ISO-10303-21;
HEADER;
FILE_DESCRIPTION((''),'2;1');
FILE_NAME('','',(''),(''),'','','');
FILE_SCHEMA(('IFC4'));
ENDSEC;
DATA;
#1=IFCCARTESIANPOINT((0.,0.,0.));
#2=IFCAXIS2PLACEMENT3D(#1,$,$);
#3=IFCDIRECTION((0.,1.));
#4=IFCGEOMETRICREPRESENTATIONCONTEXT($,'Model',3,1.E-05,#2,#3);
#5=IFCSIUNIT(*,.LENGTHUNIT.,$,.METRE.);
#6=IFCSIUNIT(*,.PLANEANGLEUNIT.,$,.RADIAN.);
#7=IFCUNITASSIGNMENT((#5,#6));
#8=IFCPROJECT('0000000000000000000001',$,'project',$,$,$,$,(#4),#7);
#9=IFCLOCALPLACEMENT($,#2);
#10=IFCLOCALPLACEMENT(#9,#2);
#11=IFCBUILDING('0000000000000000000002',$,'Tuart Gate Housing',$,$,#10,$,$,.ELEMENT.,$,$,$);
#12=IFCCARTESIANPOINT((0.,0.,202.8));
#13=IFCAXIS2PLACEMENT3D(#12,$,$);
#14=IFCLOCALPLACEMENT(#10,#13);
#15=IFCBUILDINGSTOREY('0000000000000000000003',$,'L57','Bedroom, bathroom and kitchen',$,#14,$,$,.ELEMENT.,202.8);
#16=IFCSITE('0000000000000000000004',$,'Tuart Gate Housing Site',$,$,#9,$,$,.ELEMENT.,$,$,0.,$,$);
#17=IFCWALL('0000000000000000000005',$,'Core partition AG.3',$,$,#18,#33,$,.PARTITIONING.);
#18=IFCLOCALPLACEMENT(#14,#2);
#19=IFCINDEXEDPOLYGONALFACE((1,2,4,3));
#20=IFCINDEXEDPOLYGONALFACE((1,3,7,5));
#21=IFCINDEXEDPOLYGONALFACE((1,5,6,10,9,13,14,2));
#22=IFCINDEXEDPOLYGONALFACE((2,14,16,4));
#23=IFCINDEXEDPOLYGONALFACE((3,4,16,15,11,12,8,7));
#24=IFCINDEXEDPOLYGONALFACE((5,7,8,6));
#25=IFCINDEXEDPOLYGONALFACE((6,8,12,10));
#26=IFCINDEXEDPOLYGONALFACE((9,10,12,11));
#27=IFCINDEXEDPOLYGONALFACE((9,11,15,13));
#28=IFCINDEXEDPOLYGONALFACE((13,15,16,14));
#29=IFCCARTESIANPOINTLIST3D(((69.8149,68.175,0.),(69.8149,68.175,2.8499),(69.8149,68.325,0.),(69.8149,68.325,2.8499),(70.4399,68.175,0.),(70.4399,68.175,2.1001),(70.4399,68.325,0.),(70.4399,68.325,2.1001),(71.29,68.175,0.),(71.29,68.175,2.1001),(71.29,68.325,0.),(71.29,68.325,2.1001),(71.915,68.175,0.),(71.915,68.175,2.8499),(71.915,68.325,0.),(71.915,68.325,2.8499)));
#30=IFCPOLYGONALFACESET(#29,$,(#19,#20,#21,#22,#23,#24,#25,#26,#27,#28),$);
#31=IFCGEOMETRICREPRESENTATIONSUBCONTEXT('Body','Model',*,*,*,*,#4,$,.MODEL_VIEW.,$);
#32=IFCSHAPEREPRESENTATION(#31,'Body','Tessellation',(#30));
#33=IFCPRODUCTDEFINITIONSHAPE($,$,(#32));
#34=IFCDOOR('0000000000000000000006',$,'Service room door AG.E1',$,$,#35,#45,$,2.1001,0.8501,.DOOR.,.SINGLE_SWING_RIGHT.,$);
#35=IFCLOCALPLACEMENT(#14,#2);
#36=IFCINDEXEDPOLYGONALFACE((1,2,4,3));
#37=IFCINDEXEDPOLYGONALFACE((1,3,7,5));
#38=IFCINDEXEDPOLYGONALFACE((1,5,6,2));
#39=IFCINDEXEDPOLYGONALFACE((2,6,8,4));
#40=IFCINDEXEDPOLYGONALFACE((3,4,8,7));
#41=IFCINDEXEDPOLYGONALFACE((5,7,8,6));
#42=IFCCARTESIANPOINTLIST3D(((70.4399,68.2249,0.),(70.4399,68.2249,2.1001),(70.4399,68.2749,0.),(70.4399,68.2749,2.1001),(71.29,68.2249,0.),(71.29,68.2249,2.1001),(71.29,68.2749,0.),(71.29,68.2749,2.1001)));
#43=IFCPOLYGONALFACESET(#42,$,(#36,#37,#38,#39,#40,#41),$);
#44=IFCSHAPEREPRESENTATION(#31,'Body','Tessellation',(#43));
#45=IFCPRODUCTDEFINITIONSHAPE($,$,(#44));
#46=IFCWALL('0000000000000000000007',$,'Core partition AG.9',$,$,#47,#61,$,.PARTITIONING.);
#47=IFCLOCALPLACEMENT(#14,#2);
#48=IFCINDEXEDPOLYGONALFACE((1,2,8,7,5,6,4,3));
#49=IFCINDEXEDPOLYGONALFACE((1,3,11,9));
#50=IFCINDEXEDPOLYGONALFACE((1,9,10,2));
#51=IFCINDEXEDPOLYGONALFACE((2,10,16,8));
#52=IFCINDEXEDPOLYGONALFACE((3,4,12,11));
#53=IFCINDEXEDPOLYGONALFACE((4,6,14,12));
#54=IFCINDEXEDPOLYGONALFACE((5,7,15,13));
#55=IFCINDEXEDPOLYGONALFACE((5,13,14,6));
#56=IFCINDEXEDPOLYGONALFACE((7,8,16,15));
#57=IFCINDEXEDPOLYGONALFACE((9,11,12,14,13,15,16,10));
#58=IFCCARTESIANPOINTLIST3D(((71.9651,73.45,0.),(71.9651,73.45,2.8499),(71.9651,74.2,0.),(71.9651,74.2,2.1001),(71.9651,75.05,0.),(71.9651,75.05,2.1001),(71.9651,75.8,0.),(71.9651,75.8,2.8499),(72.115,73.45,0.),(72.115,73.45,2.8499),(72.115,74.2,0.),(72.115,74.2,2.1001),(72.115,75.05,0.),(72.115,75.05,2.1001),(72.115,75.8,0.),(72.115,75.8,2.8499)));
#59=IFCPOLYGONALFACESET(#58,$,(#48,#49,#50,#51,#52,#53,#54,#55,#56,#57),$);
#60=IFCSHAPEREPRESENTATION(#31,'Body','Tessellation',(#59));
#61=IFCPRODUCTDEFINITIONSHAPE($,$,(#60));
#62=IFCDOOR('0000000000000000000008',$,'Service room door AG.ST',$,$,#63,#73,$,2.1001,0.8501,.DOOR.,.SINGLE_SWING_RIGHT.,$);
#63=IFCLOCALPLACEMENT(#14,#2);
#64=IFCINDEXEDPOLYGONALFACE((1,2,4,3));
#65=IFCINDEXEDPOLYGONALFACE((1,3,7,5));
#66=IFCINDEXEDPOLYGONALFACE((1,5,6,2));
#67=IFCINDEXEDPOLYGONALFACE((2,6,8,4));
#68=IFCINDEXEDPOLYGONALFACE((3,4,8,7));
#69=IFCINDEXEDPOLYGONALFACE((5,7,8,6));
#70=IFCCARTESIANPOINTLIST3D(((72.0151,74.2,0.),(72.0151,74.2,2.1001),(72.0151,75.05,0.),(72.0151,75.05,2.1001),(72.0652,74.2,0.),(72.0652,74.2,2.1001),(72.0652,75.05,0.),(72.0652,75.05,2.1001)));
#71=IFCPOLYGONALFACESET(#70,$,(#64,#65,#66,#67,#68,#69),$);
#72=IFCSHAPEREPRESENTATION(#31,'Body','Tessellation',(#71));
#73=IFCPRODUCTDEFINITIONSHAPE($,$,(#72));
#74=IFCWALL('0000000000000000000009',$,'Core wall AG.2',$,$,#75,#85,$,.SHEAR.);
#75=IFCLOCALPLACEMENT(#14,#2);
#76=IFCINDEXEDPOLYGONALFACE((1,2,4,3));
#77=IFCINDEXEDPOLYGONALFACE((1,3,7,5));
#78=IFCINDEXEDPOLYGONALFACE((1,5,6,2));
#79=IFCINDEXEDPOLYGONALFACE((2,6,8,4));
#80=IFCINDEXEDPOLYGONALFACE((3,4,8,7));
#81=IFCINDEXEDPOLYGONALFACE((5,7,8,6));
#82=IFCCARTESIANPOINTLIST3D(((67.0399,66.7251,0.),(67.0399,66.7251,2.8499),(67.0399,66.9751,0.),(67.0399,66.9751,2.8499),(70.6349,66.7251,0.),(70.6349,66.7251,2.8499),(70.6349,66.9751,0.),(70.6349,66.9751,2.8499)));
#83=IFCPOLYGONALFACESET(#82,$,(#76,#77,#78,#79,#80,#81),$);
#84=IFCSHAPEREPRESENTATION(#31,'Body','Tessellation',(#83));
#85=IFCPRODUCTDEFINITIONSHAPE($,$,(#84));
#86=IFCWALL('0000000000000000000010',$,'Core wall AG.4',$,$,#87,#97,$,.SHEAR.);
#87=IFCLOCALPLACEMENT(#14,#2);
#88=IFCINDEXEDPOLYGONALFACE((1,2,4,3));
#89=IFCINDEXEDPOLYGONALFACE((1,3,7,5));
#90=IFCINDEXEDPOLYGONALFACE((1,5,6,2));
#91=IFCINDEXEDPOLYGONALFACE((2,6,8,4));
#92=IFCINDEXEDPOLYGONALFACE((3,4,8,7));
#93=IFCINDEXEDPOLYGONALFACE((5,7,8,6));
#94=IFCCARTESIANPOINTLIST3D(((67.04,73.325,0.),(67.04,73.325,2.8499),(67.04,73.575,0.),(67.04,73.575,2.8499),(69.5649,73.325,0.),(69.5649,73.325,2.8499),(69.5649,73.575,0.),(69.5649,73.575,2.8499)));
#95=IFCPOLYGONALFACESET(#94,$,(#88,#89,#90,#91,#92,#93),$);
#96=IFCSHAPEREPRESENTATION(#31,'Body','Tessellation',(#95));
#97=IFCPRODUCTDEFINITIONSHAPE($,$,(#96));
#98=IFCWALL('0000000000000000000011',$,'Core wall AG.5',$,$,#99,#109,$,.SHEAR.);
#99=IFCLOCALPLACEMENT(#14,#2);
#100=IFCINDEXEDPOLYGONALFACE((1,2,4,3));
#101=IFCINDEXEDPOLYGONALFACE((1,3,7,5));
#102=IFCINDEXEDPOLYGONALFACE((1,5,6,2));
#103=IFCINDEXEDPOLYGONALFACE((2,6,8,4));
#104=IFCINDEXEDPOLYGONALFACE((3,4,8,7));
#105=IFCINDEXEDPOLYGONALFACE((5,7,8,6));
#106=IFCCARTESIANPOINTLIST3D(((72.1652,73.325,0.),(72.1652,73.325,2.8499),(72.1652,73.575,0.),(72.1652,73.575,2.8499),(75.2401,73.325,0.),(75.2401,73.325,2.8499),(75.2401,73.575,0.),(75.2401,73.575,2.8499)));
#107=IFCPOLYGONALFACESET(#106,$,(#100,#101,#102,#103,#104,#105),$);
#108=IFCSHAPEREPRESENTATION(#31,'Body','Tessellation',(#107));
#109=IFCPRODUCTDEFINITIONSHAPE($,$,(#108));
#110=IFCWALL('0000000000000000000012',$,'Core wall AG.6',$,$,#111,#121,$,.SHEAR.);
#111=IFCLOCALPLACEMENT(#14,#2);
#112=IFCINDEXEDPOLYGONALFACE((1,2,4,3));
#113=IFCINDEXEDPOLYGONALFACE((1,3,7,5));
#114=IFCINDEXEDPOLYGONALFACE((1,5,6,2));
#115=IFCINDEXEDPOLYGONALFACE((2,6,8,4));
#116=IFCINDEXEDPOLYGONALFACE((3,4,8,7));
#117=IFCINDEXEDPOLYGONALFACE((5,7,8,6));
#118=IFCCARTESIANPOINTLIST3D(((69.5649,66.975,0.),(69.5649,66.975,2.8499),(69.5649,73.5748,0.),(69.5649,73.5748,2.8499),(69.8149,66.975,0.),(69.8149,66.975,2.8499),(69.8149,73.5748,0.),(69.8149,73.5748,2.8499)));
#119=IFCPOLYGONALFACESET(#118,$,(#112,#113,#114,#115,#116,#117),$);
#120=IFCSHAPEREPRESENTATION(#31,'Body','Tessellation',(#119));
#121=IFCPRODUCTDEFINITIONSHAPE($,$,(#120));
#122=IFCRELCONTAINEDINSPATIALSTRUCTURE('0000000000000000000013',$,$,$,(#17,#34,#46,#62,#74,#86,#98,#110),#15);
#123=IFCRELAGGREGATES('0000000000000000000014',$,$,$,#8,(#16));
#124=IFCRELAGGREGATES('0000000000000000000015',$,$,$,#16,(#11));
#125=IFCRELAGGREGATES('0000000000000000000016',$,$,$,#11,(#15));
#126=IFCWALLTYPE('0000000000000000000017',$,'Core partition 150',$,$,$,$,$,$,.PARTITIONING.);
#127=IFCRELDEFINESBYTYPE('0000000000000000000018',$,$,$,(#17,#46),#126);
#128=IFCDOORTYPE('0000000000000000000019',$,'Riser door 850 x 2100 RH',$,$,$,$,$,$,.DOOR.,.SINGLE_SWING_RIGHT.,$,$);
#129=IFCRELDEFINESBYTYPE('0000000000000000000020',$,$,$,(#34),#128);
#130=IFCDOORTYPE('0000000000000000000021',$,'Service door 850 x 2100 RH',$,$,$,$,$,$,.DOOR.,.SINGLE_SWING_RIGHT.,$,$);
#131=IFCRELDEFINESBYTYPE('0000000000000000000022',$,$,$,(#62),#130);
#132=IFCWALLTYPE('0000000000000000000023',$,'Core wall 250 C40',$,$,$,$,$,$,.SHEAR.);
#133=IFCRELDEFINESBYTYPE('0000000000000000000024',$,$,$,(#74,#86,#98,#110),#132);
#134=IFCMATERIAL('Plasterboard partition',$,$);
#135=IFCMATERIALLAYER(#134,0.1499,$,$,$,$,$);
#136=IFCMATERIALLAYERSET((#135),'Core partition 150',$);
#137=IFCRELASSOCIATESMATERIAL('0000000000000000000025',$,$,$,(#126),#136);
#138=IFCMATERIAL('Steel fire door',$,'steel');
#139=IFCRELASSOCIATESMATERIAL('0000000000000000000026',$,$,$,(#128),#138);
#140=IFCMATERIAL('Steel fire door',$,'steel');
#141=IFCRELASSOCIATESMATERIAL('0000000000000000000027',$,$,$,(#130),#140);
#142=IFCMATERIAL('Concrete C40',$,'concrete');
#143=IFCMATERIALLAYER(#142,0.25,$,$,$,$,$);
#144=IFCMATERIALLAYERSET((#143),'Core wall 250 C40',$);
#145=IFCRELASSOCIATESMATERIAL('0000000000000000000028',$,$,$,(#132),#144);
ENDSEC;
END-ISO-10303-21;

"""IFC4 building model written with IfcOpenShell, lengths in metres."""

from ifc_helpers import new_model, si_unit, direction, frame, frame_2d, origin, place, context, subcontext, project, spatial, rectangle, extrude, material, layer, layer_set, type_object, element, fill, save


model = new_model("IFC4")

# Units and contexts
model_context = context("Model", 3, precision=1e-05, world=origin(), true_north=direction((0.0, 1.0)))
body_context = subcontext(model_context, "Body", "Model", "MODEL_VIEW")
ifc_project = project(units=[si_unit("LENGTHUNIT", "METRE"), si_unit("PLANEANGLEUNIT", "RADIAN")], contexts=[model_context])

# Site, building, storey
site_placement = place(None, origin())
site = spatial("IfcSite", under=ifc_project, at=site_placement, Name="Tuart Gate Housing Site", CompositionType="ELEMENT", RefElevation=0.0)
building_placement = place(site_placement, origin())
building = spatial("IfcBuilding", under=site, at=building_placement, Name="Tuart Gate Housing", CompositionType="ELEMENT")
storey_placement = place(building_placement, frame((0.0, 0.0, 202.8)))
storey = spatial("IfcBuildingStorey", under=building, at=storey_placement, Name="L57", Description="Bedroom, bathroom and kitchen", CompositionType="ELEMENT", Elevation=202.8)

# Walls, openings, doors
ifc_material_1 = material(Name="Plasterboard partition")
ifc_layer_1 = layer(ifc_material_1, 0.1499)
ifc_layer_set_1 = layer_set([ifc_layer_1], Name="Core partition 150")
wall_type_1 = type_object("IfcWallType", Name="Core partition 150", PredefinedType="PARTITIONING", material=ifc_layer_set_1)
wall_1_placement = place(storey_placement, frame((69.8149, 68.25, 0.0), z_axis=(0.0, 0.0, 1.0), x_axis=(1.0, 0.0, 0.0)))
wall_1 = element("IfcWall", 1, at=wall_1_placement, inside=storey, type_object=wall_type_1, Name="Core partition AG.3", PredefinedType="PARTITIONING", context=body_context, shape_type="SweptSolid", body=[
    extrude(rectangle(XDim=2.1001, YDim=0.1499, at=frame_2d((1.05, 0.0))), origin(), (0.0, 0.0, 1.0), 2.8499),
])
opening_1_placement = place(wall_1_placement, frame((0.625, 0.0, 0.0)))
opening_1 = element("IfcOpeningElement", 2, at=opening_1_placement, cuts=wall_1, PredefinedType="OPENING", context=body_context, shape_type="SweptSolid", body=[
    extrude(rectangle(XDim=0.8501, YDim=2.1001, at=frame_2d((0.425, 1.05))), frame((0.0, 0.085, 0.0), z_axis=(0.0, -1.0, 0.0), x_axis=(1.0, 0.0, 0.0)), (0.0, 0.0, 1.0), 0.1699),
])
ifc_material_2 = material(Name="Steel fire door", Category="steel")
door_type_1 = type_object("IfcDoorType", Name="Riser door 850 x 2100 RH", OperationType="SINGLE_SWING_RIGHT", PredefinedType="DOOR", material=ifc_material_2)
door_1_placement = place(opening_1_placement, frame((0.8501, 0.0, 0.0), z_axis=(0.0, 0.0, 1.0), x_axis=(-1.0, 0.0, 0.0)))
door_1 = element("IfcDoor", 3, at=door_1_placement, inside=storey, type_object=door_type_1, Name="Service room door AG.E1", OperationType="SINGLE_SWING_RIGHT", OverallHeight=2.1001, OverallWidth=0.8501, PredefinedType="DOOR", context=body_context, shape_type="SweptSolid", body=[
    extrude(rectangle(XDim=0.8501, YDim=2.1001, at=frame_2d((0.425, 1.05))), frame((0.0, 0.0251, 0.0), z_axis=(0.0, -1.0, 0.0), x_axis=(1.0, 0.0, 0.0)), (0.0, 0.0, 1.0), 0.05),
])
fill(opening_1, door_1)
wall_2_placement = place(storey_placement, frame((72.04, 73.45, 0.0), z_axis=(0.0, 0.0, 1.0), x_axis=(0.0, 1.0, 0.0)))
wall_2 = element("IfcWall", 4, at=wall_2_placement, inside=storey, type_object=wall_type_1, Name="Core partition AG.9", PredefinedType="PARTITIONING", context=body_context, shape_type="SweptSolid", body=[
    extrude(rectangle(XDim=2.3501, YDim=0.1499, at=frame_2d((1.175, 0.0))), origin(), (0.0, 0.0, 1.0), 2.8499),
])
opening_2_placement = place(wall_2_placement, frame((0.75, 0.0, 0.0)))
opening_2 = element("IfcOpeningElement", 5, at=opening_2_placement, cuts=wall_2, PredefinedType="OPENING", context=body_context, shape_type="SweptSolid", body=[
    extrude(rectangle(XDim=0.8501, YDim=2.1001, at=frame_2d((0.425, 1.05))), frame((0.0, 0.085, 0.0), z_axis=(0.0, -1.0, 0.0), x_axis=(1.0, 0.0, 0.0)), (0.0, 0.0, 1.0), 0.1699),
])
ifc_material_3 = material(Name="Steel fire door", Category="steel")
door_type_2 = type_object("IfcDoorType", Name="Service door 850 x 2100 RH", OperationType="SINGLE_SWING_RIGHT", PredefinedType="DOOR", material=ifc_material_3)
door_2_placement = place(opening_2_placement, frame((0.8501, 0.0, 0.0), z_axis=(0.0, 0.0, 1.0), x_axis=(-1.0, 0.0, 0.0)))
door_2 = element("IfcDoor", 6, at=door_2_placement, inside=storey, type_object=door_type_2, Name="Service room door AG.ST", OperationType="SINGLE_SWING_RIGHT", OverallHeight=2.1001, OverallWidth=0.8501, PredefinedType="DOOR", context=body_context, shape_type="SweptSolid", body=[
    extrude(rectangle(XDim=0.8501, YDim=2.1001, at=frame_2d((0.425, 1.05))), frame((0.0, 0.0251, 0.0), z_axis=(0.0, -1.0, 0.0), x_axis=(1.0, 0.0, 0.0)), (0.0, 0.0, 1.0), 0.05),
])
fill(opening_2, door_2)

# Walls
ifc_material_4 = material(Name="Concrete C40", Category="concrete")
ifc_layer_2 = layer(ifc_material_4, 0.25)
ifc_layer_set_2 = layer_set([ifc_layer_2], Name="Core wall 250 C40")
wall_type_2 = type_object("IfcWallType", Name="Core wall 250 C40", PredefinedType="SHEAR", material=ifc_layer_set_2)
wall_3_placement = place(storey_placement, frame((67.04, 66.8501, 0.0), z_axis=(0.0, 0.0, 1.0), x_axis=(1.0, 0.0, 0.0)))
element("IfcWall", 7, at=wall_3_placement, inside=storey, type_object=wall_type_2, Name="Core wall AG.2", PredefinedType="SHEAR", context=body_context, shape_type="SweptSolid", body=[
    extrude(rectangle(XDim=3.595, YDim=0.25, at=frame_2d((1.7974, 0.0))), origin(), (0.0, 0.0, 1.0), 2.8499),
])
wall_4_placement = place(storey_placement, frame((67.04, 73.45, 0.0), z_axis=(0.0, 0.0, 1.0), x_axis=(1.0, 0.0, 0.0)))
element("IfcWall", 8, at=wall_4_placement, inside=storey, type_object=wall_type_2, Name="Core wall AG.4", PredefinedType="SHEAR", context=body_context, shape_type="SweptSolid", body=[
    extrude(rectangle(XDim=2.5249, YDim=0.25, at=frame_2d((1.2625, 0.0))), origin(), (0.0, 0.0, 1.0), 2.8499),
])
wall_5_placement = place(storey_placement, frame((72.165, 73.45, 0.0), z_axis=(0.0, 0.0, 1.0), x_axis=(1.0, 0.0, 0.0)))
element("IfcWall", 9, at=wall_5_placement, inside=storey, type_object=wall_type_2, Name="Core wall AG.5", PredefinedType="SHEAR", context=body_context, shape_type="SweptSolid", body=[
    extrude(rectangle(XDim=3.075, YDim=0.25, at=frame_2d((1.5376, 0.0))), origin(), (0.0, 0.0, 1.0), 2.8499),
])
wall_6_placement = place(storey_placement, frame((69.6899, 66.9751, 0.0), z_axis=(0.0, 0.0, 1.0), x_axis=(0.0, 1.0, 0.0)))
element("IfcWall", 10, at=wall_6_placement, inside=storey, type_object=wall_type_2, Name="Core wall AG.6", PredefinedType="SHEAR", context=body_context, shape_type="SweptSolid", body=[
    extrude(rectangle(XDim=6.5999, YDim=0.25, at=frame_2d((3.2998, 0.0))), origin(), (0.0, 0.0, 1.0), 2.8499),
])

save(model, "model.ifc")
